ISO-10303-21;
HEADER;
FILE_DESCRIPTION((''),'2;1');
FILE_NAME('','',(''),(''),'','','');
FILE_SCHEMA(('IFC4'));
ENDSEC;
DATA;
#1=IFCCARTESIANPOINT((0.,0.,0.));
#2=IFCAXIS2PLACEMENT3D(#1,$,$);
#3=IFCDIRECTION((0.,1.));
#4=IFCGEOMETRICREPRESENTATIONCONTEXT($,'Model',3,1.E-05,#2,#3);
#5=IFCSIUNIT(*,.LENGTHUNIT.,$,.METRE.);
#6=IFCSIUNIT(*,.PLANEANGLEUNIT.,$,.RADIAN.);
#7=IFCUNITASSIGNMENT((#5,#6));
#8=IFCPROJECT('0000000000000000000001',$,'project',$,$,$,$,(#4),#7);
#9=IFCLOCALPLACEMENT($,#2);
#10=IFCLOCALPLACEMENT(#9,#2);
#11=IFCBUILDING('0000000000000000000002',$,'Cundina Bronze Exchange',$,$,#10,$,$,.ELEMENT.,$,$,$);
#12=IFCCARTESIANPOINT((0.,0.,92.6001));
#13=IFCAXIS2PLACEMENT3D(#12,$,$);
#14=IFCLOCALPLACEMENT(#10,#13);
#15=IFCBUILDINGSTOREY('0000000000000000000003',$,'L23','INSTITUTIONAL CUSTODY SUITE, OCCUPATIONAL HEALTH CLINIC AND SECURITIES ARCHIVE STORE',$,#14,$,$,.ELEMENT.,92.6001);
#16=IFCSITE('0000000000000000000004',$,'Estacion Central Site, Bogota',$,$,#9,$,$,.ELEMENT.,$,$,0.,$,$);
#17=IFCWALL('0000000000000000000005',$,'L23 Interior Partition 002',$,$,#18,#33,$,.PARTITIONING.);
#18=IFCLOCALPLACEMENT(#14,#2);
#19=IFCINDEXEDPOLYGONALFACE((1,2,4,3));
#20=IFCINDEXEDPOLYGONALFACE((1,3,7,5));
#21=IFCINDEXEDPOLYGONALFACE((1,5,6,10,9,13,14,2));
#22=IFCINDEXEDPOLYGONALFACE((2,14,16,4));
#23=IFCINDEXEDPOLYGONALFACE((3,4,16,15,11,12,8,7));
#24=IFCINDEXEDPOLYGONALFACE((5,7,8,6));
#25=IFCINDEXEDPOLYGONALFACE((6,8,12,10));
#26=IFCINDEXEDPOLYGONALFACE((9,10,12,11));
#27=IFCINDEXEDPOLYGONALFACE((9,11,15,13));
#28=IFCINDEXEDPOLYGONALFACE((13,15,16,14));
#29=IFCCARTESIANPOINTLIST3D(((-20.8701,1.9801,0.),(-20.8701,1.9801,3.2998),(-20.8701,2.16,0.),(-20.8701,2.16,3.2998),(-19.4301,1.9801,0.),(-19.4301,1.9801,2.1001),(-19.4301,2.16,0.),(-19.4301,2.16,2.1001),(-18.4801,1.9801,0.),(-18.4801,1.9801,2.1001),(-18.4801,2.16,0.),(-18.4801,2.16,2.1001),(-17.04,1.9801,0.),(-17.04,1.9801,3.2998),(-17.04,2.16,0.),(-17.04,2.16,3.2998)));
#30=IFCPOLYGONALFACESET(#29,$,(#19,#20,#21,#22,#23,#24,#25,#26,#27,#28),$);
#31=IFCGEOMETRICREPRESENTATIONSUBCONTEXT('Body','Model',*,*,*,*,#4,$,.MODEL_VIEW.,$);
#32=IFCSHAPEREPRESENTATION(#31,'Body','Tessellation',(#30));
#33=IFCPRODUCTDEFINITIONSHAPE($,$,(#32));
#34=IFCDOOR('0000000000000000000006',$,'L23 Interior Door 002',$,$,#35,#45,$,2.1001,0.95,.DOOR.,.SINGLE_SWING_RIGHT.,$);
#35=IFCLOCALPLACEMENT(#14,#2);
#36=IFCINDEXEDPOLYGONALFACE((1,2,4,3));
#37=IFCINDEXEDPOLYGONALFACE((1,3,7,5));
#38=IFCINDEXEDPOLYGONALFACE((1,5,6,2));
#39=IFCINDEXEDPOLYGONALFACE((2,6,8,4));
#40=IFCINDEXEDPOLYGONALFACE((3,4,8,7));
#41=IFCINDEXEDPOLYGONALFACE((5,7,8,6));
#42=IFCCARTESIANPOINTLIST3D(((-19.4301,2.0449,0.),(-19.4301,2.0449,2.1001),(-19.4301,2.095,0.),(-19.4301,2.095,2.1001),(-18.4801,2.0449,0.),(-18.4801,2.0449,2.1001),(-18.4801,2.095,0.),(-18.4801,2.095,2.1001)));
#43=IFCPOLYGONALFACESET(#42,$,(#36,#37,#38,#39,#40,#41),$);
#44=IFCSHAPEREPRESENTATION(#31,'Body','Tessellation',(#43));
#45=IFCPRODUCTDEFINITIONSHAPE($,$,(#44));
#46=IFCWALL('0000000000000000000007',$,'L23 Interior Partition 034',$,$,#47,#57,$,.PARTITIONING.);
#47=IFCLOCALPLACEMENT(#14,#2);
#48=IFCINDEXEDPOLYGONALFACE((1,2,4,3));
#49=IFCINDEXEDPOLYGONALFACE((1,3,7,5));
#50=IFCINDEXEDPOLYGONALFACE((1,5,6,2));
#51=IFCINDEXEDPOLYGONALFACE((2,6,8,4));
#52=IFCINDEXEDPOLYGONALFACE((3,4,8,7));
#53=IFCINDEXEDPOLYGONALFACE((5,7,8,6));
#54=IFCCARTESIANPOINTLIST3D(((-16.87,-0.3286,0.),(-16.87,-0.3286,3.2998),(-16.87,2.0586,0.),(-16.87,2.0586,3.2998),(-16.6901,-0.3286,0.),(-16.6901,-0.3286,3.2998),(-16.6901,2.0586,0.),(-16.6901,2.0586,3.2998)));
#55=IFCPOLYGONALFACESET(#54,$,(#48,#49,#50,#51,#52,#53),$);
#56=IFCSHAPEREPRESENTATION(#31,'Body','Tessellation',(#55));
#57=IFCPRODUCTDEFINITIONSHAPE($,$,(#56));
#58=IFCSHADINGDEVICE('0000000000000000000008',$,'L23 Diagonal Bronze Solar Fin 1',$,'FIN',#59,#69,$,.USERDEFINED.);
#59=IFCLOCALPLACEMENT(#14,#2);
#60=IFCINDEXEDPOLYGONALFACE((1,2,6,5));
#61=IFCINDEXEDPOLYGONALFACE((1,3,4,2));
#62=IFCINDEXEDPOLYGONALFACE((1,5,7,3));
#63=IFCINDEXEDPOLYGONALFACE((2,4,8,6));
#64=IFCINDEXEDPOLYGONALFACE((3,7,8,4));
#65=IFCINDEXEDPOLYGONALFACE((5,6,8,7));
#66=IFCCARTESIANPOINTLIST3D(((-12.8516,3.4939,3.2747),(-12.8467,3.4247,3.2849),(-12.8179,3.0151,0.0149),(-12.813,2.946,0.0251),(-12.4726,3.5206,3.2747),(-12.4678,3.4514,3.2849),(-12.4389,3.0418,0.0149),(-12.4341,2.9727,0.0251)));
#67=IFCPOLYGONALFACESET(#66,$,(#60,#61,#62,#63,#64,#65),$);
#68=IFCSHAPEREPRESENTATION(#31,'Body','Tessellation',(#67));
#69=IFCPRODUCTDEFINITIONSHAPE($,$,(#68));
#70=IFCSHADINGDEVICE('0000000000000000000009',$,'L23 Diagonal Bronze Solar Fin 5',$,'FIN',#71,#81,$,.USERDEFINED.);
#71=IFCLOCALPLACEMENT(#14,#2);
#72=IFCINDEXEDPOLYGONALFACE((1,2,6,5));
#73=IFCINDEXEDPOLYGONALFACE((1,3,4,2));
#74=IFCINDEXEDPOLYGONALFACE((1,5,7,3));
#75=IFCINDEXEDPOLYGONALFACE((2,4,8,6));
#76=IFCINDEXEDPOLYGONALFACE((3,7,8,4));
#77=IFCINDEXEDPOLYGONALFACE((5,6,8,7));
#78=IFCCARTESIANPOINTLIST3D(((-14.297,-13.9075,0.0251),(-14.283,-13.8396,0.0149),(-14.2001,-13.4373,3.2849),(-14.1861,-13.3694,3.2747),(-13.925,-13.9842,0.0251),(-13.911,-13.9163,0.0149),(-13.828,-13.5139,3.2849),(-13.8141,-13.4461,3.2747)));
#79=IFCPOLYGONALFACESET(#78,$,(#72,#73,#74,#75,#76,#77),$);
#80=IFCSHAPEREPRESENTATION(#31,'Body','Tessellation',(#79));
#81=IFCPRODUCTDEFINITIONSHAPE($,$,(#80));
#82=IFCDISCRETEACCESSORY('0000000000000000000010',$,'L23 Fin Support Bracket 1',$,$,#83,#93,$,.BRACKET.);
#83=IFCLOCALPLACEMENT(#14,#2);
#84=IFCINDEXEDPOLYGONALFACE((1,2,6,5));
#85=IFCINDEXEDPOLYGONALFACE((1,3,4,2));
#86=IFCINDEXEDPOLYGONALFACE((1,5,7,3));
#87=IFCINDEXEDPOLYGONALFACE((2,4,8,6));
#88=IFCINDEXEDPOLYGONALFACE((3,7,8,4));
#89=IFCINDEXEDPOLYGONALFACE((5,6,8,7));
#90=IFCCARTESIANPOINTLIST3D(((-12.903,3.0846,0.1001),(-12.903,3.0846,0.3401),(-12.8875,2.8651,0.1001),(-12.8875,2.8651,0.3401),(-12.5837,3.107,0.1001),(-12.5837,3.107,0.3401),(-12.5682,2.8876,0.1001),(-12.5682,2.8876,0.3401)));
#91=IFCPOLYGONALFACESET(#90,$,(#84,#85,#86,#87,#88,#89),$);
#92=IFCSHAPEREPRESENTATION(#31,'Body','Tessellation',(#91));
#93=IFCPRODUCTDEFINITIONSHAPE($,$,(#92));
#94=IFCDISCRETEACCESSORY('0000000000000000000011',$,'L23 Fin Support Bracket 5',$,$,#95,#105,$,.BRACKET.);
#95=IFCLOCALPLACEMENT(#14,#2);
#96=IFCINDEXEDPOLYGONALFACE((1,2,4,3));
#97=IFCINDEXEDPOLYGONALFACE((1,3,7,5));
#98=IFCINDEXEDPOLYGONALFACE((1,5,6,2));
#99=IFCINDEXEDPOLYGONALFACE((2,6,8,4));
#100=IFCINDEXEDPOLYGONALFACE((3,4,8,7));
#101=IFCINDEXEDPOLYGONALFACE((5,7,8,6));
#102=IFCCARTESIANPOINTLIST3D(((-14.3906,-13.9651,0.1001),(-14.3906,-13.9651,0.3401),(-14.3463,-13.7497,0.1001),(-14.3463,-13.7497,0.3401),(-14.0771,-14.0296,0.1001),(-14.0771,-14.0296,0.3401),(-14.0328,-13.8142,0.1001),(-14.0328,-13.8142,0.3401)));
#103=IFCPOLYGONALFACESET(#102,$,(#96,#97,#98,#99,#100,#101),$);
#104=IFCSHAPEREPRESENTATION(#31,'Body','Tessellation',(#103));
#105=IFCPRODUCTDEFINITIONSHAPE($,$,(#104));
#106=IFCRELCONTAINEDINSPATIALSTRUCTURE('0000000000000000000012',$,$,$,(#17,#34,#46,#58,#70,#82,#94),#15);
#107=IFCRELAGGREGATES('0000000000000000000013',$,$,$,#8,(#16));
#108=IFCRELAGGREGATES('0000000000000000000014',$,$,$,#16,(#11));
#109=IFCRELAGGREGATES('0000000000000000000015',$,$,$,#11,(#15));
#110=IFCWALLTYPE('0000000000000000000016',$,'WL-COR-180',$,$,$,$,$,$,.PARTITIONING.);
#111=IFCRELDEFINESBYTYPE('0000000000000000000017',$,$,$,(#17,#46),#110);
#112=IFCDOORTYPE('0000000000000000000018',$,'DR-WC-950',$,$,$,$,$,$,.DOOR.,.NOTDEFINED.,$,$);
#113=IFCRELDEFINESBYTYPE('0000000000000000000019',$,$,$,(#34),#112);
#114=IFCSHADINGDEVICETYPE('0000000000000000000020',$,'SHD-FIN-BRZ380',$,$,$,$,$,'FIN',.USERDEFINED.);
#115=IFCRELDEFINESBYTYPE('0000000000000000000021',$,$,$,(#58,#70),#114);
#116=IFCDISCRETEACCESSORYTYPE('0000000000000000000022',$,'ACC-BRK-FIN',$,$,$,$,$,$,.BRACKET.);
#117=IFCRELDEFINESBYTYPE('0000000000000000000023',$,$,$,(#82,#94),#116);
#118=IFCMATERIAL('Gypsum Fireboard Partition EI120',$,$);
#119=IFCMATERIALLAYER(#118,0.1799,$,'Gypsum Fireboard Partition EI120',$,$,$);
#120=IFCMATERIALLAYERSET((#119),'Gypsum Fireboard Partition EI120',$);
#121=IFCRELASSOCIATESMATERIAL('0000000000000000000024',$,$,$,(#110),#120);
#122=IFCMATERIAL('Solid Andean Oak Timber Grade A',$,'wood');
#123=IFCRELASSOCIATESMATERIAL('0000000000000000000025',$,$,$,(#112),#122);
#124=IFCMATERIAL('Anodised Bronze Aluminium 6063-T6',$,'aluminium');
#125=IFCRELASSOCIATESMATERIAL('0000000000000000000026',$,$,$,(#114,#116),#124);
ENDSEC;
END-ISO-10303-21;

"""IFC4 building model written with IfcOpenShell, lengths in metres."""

from ifc_helpers import new_model, si_unit, direction, frame, frame_2d, origin, origin_2d, place, context, subcontext, project, spatial, rectangle, extrude, material, layer, layer_set, material_profile, profile_set, type_object, element, fill, save


model = new_model("IFC4")

# Units and contexts
model_context = context("Model", 3, precision=1e-05, world=origin(), true_north=direction((0.0, 1.0)))
body_context = subcontext(model_context, "Body", "Model", "MODEL_VIEW")
ifc_project = project(units=[si_unit("LENGTHUNIT", "METRE"), si_unit("PLANEANGLEUNIT", "RADIAN")], contexts=[model_context])

# Site, building, storey
site_placement = place(None, origin())
site = spatial("IfcSite", under=ifc_project, at=site_placement, Name="Estacion Central Site, Bogota", CompositionType="ELEMENT", RefElevation=0.0)
building_placement = place(site_placement, origin())
building = spatial("IfcBuilding", under=site, at=building_placement, Name="Cundina Bronze Exchange", CompositionType="ELEMENT")
storey_placement = place(building_placement, frame((0.0, 0.0, 92.6001)))
storey = spatial("IfcBuildingStorey", under=building, at=storey_placement, Name="L23", Description="INSTITUTIONAL CUSTODY SUITE, OCCUPATIONAL HEALTH CLINIC AND SECURITIES ARCHIVE STORE", CompositionType="ELEMENT", Elevation=92.6001)

# Shared definitions
ifc_material_1 = material(Name="Anodised Bronze Aluminium 6063-T6", Category="aluminium")

# Shared definitions
ifc_material_2 = material(Name="Gypsum Fireboard Partition EI120")
ifc_layer_1 = layer(ifc_material_2, 0.1799, Name="Gypsum Fireboard Partition EI120")
ifc_layer_set_1 = layer_set([ifc_layer_1], Name="Gypsum Fireboard Partition EI120")
wall_type = type_object("IfcWallType", Name="WL-COR-180", PredefinedType="PARTITIONING", material=ifc_layer_set_1)

# Wall, opening, door
wall_1_placement = place(storey_placement, frame((-20.8701, 2.0701, 0.0), z_axis=(0.0, 0.0, 1.0), x_axis=(1.0, 0.0, 0.0)))
wall_1 = element("IfcWall", 1, at=wall_1_placement, inside=storey, type_object=wall_type, Name="L23 Interior Partition 002", PredefinedType="PARTITIONING", context=body_context, shape_type="SweptSolid", body=[
    extrude(rectangle(XDim=3.8301, YDim=0.1799, at=frame_2d((1.915, 0.0))), origin(), (0.0, 0.0, 1.0), 3.2998),
])
opening_placement = place(wall_1_placement, frame((1.4399, 0.0, 0.0)))
opening = element("IfcOpeningElement", 2, at=opening_placement, cuts=wall_1, PredefinedType="OPENING", context=body_context, shape_type="SweptSolid", body=[
    extrude(rectangle(XDim=0.95, YDim=2.1001, at=frame_2d((0.4751, 1.05))), frame((0.0, 0.0999, 0.0), z_axis=(0.0, -1.0, 0.0), x_axis=(1.0, 0.0, 0.0)), (0.0, 0.0, 1.0), 0.2),
])
ifc_material_3 = material(Name="Solid Andean Oak Timber Grade A", Category="wood")
door_type = type_object("IfcDoorType", Name="DR-WC-950", OperationType="NOTDEFINED", PredefinedType="DOOR", material=ifc_material_3)
door_placement = place(opening_placement, origin())
door = element("IfcDoor", 3, at=door_placement, inside=storey, type_object=door_type, Name="L23 Interior Door 002", OperationType="SINGLE_SWING_RIGHT", OverallHeight=2.1001, OverallWidth=0.95, PredefinedType="DOOR", context=body_context, shape_type="SweptSolid", body=[
    extrude(rectangle(XDim=0.95, YDim=2.1001, at=frame_2d((0.4751, 1.05))), frame((0.0, 0.0249, 0.0), z_axis=(0.0, -1.0, 0.0), x_axis=(1.0, 0.0, 0.0)), (0.0, 0.0, 1.0), 0.05),
])
fill(opening, door)

# Wall
wall_2_placement = place(storey_placement, frame((-16.78, -0.3286, 0.0), z_axis=(0.0, 0.0, 1.0), x_axis=(0.0, 1.0, 0.0)))
element("IfcWall", 4, at=wall_2_placement, inside=storey, type_object=wall_type, Name="L23 Interior Partition 034", PredefinedType="PARTITIONING", context=body_context, shape_type="SweptSolid", body=[
    extrude(rectangle(XDim=2.3872, YDim=0.1799, at=frame_2d((1.1936, 0.0))), origin(), (0.0, 0.0, 1.0), 3.2998),
])

# Shading devices
ifc_material_profile_1 = material_profile(ifc_material_1, rectangle(XDim=0.0701, YDim=0.3799, at=origin_2d()), Name="FIN70X380", Category="aluminium")
ifc_profile_set_1 = profile_set([ifc_material_profile_1], Name="Anodised Bronze Aluminium 6063-T6")
shading_device_type = type_object("IfcShadingDeviceType", Name="SHD-FIN-BRZ380", ElementType="FIN", PredefinedType="USERDEFINED", material=ifc_profile_set_1)
for number, where, z_axis, x_axis, name in (
    (5, (-12.626, 2.9939, 0.02), (-0.010225, 0.145303, 0.989334), (0.06945, -0.986894, 0.145662), "L23 Diagonal Bronze Solar Fin 1"),
    (6, (-14.104, -13.9119, 0.02), (0.029416, 0.142709, 0.989328), (-0.199728, -0.968957, 0.145709), "L23 Diagonal Bronze Solar Fin 5"),
):
    element("IfcShadingDevice", number, at=place(storey_placement, frame(where, z_axis=z_axis, x_axis=x_axis)), inside=storey, type_object=shading_device_type, Name=name, ObjectType="FIN", PredefinedType="USERDEFINED", context=body_context, shape_type="SweptSolid", body=[
        extrude(rectangle(XDim=0.0701, YDim=0.3799, at=origin_2d()), origin(), (0.0, 0.0, 1.0), 3.2949),
    ])

# Discrete accessories
discrete_accessory_type = type_object("IfcDiscreteAccessoryType", Name="ACC-BRK-FIN", PredefinedType="BRACKET", material=ifc_material_1)
for number, where, z_axis, x_axis, name in (
    (7, (-12.7356, 2.9861, 0.1001), (0.0, 0.0, 1.0), (-0.070279, 0.997527, 0.0), "L23 Fin Support Bracket 1"),
    (8, (-14.2117, -13.8896, 0.1001), (0.0, 0.0, 1.0), (0.20142, 0.979505, 0.0), "L23 Fin Support Bracket 5"),
):
    element("IfcDiscreteAccessory", number, at=place(storey_placement, frame(where, z_axis=z_axis, x_axis=x_axis)), inside=storey, type_object=discrete_accessory_type, Name=name, PredefinedType="BRACKET", context=body_context, shape_type="SweptSolid", body=[
        extrude(rectangle(XDim=0.22, YDim=0.3201, at=origin_2d()), origin(), (0.0, 0.0, 1.0), 0.24),
    ])

save(model, "model.ifc")
